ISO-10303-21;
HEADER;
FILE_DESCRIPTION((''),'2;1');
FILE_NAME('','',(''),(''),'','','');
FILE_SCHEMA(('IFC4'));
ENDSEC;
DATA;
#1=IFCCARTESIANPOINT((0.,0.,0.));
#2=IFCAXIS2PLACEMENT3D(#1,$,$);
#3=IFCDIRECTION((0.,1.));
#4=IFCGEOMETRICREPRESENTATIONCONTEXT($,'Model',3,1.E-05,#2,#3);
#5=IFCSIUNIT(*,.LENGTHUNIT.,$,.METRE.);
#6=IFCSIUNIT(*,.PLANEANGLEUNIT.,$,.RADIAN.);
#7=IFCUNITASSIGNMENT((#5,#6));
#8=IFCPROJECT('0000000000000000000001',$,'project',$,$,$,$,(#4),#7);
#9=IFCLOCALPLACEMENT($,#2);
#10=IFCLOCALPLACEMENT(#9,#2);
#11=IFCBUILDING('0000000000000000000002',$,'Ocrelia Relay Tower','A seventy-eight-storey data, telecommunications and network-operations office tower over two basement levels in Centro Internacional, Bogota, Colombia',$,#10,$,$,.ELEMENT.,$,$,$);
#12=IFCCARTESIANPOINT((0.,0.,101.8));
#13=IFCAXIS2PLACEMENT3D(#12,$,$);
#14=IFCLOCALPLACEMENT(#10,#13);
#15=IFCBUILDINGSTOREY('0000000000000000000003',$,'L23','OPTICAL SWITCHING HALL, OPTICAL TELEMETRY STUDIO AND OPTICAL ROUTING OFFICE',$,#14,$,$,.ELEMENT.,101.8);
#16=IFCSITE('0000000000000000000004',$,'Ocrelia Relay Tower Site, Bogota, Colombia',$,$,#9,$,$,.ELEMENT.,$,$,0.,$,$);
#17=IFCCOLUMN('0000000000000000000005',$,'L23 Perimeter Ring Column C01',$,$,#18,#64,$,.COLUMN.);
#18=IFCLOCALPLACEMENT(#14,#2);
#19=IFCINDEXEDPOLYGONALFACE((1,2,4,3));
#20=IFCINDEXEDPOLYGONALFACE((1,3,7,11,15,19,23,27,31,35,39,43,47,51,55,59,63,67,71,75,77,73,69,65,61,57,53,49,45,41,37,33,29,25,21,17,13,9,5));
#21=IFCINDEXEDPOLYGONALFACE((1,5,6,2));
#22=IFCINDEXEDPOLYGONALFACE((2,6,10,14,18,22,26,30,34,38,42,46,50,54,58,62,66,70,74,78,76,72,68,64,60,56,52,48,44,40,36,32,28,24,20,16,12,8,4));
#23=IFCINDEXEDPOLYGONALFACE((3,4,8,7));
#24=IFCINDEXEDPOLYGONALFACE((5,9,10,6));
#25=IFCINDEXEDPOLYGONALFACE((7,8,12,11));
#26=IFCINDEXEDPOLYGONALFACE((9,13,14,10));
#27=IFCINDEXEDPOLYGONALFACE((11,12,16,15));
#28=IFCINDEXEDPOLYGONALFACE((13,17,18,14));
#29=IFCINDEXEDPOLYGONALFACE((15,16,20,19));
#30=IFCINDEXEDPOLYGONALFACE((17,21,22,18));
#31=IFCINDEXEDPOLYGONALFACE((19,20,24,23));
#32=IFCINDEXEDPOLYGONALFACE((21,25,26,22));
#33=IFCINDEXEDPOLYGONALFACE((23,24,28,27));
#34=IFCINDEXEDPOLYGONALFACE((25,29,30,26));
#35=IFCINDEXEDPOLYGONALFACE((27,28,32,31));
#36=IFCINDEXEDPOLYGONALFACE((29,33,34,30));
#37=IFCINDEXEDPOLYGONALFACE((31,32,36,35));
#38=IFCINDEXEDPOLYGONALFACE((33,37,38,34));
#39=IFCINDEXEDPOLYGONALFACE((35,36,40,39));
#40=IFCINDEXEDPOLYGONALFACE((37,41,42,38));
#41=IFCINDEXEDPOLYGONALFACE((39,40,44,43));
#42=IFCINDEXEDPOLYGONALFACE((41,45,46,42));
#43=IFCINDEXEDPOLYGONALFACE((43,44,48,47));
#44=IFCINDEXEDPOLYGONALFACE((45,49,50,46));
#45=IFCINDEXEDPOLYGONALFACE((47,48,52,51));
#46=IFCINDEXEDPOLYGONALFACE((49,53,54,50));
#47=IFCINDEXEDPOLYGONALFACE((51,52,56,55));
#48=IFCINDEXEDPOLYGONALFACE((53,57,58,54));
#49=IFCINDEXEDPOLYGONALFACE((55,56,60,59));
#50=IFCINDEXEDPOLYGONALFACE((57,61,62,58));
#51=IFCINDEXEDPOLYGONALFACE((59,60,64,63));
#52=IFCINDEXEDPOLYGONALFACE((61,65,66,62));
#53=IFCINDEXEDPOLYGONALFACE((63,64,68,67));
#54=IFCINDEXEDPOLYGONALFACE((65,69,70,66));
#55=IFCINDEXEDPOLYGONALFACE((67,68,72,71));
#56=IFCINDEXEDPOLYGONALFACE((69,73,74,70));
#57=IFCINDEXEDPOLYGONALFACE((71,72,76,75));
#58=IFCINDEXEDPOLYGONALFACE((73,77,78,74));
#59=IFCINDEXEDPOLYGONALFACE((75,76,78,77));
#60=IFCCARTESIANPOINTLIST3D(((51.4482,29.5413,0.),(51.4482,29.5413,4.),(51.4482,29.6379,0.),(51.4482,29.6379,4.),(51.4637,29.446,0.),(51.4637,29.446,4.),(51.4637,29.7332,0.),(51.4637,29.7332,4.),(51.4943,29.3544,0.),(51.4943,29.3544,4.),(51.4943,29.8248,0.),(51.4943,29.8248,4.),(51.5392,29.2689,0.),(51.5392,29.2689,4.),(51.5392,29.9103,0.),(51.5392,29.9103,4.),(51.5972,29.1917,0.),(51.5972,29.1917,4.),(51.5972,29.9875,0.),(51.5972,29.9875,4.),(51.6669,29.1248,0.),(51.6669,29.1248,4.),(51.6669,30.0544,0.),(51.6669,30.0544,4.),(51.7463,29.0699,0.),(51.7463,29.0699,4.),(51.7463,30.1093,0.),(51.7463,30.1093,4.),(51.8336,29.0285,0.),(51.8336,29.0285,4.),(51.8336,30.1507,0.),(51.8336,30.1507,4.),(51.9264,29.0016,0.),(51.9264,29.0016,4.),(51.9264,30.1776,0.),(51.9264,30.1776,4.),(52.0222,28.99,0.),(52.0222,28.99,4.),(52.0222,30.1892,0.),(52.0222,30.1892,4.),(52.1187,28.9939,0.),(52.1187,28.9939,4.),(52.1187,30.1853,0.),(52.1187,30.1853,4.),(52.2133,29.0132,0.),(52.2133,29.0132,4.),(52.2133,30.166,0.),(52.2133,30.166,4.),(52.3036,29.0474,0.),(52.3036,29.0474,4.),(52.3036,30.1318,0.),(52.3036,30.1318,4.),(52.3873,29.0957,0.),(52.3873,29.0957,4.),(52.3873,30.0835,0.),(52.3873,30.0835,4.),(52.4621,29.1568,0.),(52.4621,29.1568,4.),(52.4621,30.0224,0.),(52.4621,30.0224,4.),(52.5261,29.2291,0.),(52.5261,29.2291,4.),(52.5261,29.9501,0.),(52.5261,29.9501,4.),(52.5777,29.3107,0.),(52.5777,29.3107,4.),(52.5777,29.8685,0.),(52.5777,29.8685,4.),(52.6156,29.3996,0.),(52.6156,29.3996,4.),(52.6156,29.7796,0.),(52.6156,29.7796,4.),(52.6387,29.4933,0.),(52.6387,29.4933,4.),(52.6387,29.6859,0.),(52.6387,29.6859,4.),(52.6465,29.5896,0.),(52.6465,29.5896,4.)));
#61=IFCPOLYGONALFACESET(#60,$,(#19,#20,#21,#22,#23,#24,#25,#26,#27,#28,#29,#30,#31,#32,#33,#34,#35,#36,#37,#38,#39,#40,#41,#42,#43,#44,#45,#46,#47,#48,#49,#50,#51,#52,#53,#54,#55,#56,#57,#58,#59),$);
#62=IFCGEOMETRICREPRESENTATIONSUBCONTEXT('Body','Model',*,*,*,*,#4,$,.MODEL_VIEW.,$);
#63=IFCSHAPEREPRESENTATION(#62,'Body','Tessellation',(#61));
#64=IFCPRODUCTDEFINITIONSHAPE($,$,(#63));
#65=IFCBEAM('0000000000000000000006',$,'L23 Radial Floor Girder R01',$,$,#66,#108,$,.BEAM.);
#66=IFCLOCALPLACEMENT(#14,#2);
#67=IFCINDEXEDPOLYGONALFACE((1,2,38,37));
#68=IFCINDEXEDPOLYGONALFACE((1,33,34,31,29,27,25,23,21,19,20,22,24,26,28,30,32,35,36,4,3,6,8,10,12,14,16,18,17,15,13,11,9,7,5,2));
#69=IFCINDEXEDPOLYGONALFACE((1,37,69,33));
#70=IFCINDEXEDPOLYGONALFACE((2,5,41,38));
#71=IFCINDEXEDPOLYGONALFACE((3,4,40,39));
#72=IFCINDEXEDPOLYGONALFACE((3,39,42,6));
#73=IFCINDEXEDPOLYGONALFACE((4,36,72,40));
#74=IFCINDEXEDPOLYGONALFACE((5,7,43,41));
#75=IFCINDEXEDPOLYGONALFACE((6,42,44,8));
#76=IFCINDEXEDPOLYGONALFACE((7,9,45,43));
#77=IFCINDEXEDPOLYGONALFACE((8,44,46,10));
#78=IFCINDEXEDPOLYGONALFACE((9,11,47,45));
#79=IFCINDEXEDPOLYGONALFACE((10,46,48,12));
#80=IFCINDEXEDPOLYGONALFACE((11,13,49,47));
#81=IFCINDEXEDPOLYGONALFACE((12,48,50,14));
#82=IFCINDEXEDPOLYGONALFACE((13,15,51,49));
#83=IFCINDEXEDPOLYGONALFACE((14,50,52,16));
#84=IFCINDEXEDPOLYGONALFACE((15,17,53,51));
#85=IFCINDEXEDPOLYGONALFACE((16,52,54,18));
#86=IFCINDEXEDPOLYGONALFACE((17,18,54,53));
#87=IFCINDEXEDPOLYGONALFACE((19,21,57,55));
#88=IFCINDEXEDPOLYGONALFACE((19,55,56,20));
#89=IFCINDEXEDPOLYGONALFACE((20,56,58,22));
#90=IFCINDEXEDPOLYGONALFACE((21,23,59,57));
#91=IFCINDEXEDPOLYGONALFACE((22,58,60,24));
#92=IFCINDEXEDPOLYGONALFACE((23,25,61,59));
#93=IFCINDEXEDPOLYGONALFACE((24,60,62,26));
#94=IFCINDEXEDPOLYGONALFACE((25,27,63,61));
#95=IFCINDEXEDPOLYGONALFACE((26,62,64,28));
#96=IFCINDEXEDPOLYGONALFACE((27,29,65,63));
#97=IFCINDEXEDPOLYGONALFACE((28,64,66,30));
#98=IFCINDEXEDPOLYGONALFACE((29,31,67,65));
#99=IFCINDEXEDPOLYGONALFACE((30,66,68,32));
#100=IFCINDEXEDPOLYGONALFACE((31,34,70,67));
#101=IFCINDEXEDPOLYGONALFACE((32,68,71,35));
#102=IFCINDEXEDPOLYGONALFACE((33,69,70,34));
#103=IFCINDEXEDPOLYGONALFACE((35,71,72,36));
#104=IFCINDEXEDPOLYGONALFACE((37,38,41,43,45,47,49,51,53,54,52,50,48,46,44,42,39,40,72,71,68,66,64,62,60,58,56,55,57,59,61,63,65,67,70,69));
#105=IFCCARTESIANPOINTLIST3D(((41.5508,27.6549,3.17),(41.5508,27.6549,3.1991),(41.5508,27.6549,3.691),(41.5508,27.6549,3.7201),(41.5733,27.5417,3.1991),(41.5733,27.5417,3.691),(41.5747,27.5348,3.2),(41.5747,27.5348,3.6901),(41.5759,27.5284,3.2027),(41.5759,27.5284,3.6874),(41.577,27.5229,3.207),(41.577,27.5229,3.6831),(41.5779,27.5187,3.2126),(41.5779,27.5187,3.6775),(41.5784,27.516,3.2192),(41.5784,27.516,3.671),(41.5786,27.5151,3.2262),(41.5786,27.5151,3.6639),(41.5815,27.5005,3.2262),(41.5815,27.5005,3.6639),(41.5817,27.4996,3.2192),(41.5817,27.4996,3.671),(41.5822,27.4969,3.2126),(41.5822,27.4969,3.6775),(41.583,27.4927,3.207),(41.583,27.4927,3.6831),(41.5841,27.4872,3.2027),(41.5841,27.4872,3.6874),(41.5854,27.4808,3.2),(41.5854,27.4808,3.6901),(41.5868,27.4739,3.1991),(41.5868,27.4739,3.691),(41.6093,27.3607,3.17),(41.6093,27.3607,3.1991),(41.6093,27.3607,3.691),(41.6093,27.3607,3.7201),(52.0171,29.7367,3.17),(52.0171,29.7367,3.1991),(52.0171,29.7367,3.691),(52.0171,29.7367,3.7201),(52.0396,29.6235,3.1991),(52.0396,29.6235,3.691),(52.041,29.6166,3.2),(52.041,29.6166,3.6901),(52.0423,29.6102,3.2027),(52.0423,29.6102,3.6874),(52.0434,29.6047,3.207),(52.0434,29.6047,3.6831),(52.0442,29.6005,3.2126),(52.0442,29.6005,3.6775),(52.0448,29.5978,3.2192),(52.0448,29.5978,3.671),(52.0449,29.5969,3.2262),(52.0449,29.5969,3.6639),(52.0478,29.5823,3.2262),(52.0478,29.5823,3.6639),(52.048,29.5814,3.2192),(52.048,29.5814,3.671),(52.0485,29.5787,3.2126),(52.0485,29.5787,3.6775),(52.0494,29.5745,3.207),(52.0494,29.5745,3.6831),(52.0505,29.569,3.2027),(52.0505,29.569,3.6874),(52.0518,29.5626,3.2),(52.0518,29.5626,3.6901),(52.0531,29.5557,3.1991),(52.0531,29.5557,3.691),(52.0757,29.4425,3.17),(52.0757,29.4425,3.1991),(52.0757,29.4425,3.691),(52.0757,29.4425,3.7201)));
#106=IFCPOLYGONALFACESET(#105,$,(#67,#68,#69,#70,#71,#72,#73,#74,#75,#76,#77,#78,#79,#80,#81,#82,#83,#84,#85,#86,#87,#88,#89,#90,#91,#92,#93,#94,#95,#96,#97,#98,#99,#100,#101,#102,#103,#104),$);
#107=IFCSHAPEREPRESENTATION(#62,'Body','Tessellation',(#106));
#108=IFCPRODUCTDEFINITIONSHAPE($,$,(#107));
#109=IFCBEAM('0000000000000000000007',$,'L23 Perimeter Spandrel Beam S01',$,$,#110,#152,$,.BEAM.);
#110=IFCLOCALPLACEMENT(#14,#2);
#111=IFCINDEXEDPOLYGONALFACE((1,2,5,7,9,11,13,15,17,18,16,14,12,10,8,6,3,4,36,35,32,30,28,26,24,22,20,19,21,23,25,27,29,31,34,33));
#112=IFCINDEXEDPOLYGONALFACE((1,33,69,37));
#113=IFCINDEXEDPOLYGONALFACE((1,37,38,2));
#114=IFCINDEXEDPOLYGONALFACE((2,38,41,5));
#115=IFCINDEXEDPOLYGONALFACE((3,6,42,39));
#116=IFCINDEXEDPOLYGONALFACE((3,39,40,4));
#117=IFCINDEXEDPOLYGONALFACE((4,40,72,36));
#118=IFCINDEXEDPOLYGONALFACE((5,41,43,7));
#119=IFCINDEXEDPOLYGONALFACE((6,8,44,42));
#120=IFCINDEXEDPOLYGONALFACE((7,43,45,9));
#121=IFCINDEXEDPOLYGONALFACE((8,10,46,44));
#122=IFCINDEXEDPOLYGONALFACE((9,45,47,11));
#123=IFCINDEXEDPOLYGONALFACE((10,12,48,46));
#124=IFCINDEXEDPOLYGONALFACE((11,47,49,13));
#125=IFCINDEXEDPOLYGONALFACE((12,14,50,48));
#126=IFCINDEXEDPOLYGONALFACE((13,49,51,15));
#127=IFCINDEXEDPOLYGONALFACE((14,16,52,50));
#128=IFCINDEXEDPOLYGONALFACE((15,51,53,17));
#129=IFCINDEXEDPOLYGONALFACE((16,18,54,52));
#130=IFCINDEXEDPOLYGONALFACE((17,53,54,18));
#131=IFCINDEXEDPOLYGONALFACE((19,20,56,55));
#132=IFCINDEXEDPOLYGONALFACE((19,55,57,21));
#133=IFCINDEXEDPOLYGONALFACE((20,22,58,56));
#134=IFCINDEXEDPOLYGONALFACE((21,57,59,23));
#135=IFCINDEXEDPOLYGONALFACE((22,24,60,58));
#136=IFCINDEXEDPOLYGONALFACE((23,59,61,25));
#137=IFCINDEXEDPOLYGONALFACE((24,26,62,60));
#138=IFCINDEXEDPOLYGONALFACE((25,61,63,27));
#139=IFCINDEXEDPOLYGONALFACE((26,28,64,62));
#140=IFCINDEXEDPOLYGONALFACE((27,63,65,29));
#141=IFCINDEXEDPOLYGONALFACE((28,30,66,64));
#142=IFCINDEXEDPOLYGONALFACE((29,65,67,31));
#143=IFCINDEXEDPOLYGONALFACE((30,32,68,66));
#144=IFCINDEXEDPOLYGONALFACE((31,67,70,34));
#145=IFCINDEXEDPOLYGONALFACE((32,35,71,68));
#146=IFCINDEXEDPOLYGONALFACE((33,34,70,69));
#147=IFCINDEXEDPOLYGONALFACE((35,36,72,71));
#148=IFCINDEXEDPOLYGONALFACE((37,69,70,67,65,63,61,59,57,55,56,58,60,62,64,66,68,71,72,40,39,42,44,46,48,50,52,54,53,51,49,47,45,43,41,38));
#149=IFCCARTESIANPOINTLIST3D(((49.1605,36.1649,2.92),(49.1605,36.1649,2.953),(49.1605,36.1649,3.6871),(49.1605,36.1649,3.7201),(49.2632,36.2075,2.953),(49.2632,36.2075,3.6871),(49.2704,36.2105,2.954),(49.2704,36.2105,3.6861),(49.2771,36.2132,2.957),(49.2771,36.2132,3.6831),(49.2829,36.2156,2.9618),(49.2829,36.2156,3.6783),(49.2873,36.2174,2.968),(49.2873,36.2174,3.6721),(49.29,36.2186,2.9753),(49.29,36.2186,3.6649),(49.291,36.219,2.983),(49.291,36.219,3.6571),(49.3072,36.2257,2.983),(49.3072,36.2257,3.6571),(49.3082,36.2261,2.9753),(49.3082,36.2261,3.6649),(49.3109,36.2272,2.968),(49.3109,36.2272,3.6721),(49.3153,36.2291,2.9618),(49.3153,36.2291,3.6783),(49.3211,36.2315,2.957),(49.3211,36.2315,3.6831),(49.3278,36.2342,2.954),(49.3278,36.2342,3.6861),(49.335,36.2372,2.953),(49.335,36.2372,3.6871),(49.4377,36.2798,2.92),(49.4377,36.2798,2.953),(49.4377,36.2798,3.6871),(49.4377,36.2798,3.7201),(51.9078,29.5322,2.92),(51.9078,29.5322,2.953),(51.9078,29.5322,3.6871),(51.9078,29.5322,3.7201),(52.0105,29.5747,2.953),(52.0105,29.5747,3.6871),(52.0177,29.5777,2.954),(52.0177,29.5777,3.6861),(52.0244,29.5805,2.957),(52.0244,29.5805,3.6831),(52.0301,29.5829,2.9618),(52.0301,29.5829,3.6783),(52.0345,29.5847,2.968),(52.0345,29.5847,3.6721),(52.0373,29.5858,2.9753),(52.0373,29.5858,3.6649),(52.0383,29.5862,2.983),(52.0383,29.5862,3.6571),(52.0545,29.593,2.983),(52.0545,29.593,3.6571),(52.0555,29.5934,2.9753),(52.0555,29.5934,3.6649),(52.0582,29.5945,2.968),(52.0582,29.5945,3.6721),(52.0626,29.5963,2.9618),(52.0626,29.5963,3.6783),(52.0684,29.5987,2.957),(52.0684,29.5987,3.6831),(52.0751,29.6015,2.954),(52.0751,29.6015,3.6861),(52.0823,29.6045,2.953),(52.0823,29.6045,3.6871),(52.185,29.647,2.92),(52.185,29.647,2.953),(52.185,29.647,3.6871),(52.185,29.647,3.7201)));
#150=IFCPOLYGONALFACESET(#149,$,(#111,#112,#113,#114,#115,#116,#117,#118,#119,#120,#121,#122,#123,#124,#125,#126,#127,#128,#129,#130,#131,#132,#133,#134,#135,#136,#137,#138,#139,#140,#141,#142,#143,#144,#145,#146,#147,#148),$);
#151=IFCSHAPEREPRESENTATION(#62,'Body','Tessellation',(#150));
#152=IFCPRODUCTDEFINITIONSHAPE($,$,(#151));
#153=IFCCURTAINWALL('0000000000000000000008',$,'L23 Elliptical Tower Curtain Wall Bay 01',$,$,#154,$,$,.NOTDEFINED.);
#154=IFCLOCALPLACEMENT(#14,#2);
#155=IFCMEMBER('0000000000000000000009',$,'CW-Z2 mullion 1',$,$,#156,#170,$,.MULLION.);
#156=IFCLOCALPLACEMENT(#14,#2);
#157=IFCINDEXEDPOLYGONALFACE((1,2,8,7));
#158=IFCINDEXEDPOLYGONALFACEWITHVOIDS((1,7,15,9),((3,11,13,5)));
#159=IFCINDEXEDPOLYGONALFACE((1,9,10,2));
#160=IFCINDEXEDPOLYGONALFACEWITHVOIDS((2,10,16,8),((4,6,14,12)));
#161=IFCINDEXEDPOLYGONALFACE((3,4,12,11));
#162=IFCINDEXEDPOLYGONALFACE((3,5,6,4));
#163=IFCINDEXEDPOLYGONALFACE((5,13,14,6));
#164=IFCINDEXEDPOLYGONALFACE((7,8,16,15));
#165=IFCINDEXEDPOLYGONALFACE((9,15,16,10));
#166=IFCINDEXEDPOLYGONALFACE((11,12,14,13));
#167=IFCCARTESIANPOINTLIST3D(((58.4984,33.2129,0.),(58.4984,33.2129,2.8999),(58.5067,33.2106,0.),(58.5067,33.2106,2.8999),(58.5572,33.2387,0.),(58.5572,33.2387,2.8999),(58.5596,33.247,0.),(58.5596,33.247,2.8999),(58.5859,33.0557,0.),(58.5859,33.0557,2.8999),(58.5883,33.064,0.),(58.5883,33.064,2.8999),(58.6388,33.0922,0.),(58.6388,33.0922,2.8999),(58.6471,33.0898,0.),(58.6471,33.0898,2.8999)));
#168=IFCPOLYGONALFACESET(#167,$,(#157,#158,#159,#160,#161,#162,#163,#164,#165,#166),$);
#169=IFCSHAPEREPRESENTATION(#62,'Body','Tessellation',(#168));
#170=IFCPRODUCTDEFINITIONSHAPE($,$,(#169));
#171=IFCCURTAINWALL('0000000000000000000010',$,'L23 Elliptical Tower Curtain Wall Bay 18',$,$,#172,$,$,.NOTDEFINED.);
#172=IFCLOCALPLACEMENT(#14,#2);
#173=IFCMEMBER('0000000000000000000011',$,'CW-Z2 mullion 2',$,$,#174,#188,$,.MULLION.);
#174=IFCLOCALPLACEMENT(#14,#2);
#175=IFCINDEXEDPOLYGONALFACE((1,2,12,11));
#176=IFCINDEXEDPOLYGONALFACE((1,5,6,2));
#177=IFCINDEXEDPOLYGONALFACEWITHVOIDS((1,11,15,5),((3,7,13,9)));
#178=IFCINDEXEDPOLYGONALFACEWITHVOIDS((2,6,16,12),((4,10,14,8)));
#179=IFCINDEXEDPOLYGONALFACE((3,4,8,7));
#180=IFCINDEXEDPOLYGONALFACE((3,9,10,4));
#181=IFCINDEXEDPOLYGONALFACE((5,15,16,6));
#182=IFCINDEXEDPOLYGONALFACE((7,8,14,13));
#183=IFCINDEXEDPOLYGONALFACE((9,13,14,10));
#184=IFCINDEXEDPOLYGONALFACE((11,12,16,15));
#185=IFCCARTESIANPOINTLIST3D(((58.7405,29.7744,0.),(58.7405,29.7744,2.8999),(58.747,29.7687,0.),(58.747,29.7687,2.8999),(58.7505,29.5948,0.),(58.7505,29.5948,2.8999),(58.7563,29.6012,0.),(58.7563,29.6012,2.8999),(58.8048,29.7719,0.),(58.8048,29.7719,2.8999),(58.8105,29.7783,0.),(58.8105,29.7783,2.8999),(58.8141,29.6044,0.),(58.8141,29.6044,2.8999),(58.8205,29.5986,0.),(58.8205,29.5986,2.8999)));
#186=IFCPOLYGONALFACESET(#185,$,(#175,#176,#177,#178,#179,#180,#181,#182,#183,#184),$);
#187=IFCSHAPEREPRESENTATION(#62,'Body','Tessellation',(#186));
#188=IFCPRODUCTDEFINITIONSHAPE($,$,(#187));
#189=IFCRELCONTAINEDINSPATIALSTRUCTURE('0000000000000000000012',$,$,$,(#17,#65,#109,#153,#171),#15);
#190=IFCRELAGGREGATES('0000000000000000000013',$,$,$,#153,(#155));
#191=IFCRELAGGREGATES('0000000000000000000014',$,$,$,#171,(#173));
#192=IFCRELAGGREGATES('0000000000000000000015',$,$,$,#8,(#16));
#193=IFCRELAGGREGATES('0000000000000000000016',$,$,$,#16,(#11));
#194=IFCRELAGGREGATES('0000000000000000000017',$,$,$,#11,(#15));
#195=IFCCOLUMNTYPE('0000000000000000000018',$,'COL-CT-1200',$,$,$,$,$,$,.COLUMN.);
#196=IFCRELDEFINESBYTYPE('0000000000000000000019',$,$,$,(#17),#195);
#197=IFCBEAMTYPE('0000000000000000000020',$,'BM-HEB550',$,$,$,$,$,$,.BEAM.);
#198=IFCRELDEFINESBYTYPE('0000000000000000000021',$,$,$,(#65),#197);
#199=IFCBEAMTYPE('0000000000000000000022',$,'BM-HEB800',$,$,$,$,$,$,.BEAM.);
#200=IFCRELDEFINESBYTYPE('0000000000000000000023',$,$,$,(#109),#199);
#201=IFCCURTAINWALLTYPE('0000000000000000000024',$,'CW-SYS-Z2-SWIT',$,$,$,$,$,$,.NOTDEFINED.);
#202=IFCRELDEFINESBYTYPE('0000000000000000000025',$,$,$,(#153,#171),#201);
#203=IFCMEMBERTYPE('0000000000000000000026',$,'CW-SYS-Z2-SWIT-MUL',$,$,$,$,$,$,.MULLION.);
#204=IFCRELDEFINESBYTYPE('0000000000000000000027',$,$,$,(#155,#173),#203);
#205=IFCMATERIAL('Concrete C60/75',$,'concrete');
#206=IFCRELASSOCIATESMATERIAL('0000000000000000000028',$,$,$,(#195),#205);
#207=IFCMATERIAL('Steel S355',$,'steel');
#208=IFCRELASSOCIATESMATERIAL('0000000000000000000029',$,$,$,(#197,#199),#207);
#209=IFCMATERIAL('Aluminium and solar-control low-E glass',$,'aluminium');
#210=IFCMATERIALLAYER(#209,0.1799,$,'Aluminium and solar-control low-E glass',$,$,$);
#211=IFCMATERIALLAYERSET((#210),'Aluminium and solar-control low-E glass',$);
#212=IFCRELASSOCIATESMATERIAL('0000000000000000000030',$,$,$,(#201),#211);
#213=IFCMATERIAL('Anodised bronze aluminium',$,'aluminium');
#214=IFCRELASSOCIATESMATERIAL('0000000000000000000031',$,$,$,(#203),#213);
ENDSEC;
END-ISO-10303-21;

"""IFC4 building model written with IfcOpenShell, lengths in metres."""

from ifc_helpers import new_model, si_unit, direction, frame, origin, origin_2d, place, context, subcontext, project, spatial, hollow_rectangle, circle, i_section, extrude, material, layer, layer_set, material_profile, profile_set, type_object, element, aggregate, save


model = new_model("IFC4")

# Units and contexts
model_context = context("Model", 3, precision=1e-05, world=origin(), true_north=direction((0.0, 1.0)))
body_context = subcontext(model_context, "Body", "Model", "MODEL_VIEW")
ifc_project = project(units=[si_unit("LENGTHUNIT", "METRE"), si_unit("PLANEANGLEUNIT", "RADIAN")], contexts=[model_context])

# Site, building, storey
site_placement = place(None, origin())
site = spatial("IfcSite", under=ifc_project, at=site_placement, Name="Ocrelia Relay Tower Site, Bogota, Colombia", CompositionType="ELEMENT", RefElevation=0.0)
building_placement = place(site_placement, origin())
building = spatial("IfcBuilding", under=site, at=building_placement, Name="Ocrelia Relay Tower", Description="A seventy-eight-storey data, telecommunications and network-operations office tower over two basement levels in Centro Internacional, Bogota, Colombia", CompositionType="ELEMENT")
storey_placement = place(building_placement, frame((0.0, 0.0, 101.8)))
storey = spatial("IfcBuildingStorey", under=building, at=storey_placement, Name="L23", Description="OPTICAL SWITCHING HALL, OPTICAL TELEMETRY STUDIO AND OPTICAL ROUTING OFFICE", CompositionType="ELEMENT", Elevation=101.8)

# Column
ifc_material_1 = material(Name="Concrete C60/75", Category="concrete")
ifc_material_profile_1 = material_profile(ifc_material_1, circle(Radius=0.6001, at=origin_2d()), Name="RC-CIR-1200")
ifc_profile_set_1 = profile_set([ifc_material_profile_1], Name="Concrete C60/75")
column_type = type_object("IfcColumnType", Name="COL-CT-1200", PredefinedType="COLUMN", material=ifc_profile_set_1)
column_placement = place(storey_placement, frame((52.0464, 29.5896, 0.0), z_axis=(0.0, 0.0, 1.0), x_axis=(1.0, 0.0, 0.0)))
element("IfcColumn", 1, at=column_placement, inside=storey, type_object=column_type, Name="L23 Perimeter Ring Column C01", PredefinedType="COLUMN", context=body_context, shape_type="SweptSolid", body=[
    extrude(circle(Radius=0.6001, at=origin_2d()), origin(), (0.0, 0.0, 1.0), 4.0),
])

# Beams
ifc_material_2 = material(Name="Steel S355", Category="steel")
ifc_material_profile_2 = material_profile(ifc_material_2, i_section(OverallWidth=0.3, OverallDepth=0.55, WebThickness=0.0149, FlangeThickness=0.0291, FilletRadius=0.0271, at=origin_2d()), Name="HEB 550")
ifc_profile_set_2 = profile_set([ifc_material_profile_2], Name="Steel S355")
beam_type_1 = type_object("IfcBeamType", Name="BM-HEB550", PredefinedType="BEAM", material=ifc_profile_set_2)
beam_1_placement = place(storey_placement, frame((52.0464, 29.5896, 3.4451), z_axis=(-0.980787, -0.195082, 0.0), x_axis=(0.195082, -0.980787, 0.0)))
element("IfcBeam", 2, at=beam_1_placement, inside=storey, type_object=beam_type_1, Name="L23 Radial Floor Girder R01", PredefinedType="BEAM", context=body_context, shape_type="SweptSolid", body=[
    extrude(i_section(OverallWidth=0.3, OverallDepth=0.55, WebThickness=0.0149, FlangeThickness=0.0291, FilletRadius=0.0271, at=origin_2d()), origin(), (0.0, 0.0, 1.0), 10.6714),
])
ifc_material_profile_3 = material_profile(ifc_material_2, i_section(OverallWidth=0.3, OverallDepth=0.8, WebThickness=0.0176, FlangeThickness=0.033, FilletRadius=0.03, at=origin_2d()), Name="HEB 800")
ifc_profile_set_3 = profile_set([ifc_material_profile_3], Name="Steel S355")
beam_type_2 = type_object("IfcBeamType", Name="BM-HEB800", PredefinedType="BEAM", material=ifc_profile_set_3)
beam_2_placement = place(storey_placement, frame((52.0464, 29.5896, 3.3201), z_axis=(-0.382673, 0.923884, 0.0), x_axis=(-0.923884, -0.382673, 0.0)))
element("IfcBeam", 3, at=beam_2_placement, inside=storey, type_object=beam_type_2, Name="L23 Perimeter Spandrel Beam S01", PredefinedType="BEAM", context=body_context, shape_type="SweptSolid", body=[
    extrude(i_section(OverallWidth=0.3, OverallDepth=0.8, WebThickness=0.0176, FlangeThickness=0.033, FilletRadius=0.03, at=origin_2d()), origin(), (0.0, 0.0, 1.0), 7.1792),
])

# Curtain wall, member
ifc_material_3 = material(Name="Aluminium and solar-control low-E glass", Category="aluminium")
ifc_layer_1 = layer(ifc_material_3, 0.1799, Name="Aluminium and solar-control low-E glass")
ifc_layer_set_1 = layer_set([ifc_layer_1], Name="Aluminium and solar-control low-E glass")
curtain_wall_type = type_object("IfcCurtainWallType", Name="CW-SYS-Z2-SWIT", PredefinedType="NOTDEFINED", material=ifc_layer_set_1)
curtain_wall_1_placement = place(storey_placement, origin())
curtain_wall_1 = element("IfcCurtainWall", 4, at=curtain_wall_1_placement, inside=storey, type_object=curtain_wall_type, Name="L23 Elliptical Tower Curtain Wall Bay 01", PredefinedType="NOTDEFINED")
ifc_material_4 = material(Name="Anodised bronze aluminium", Category="aluminium")
ifc_material_profile_4 = material_profile(ifc_material_4, hollow_rectangle(XDim=0.0701, YDim=0.1799, WallThickness=0.0061, at=origin_2d()), Name="CW-MUL-180x70")
ifc_profile_set_4 = profile_set([ifc_material_profile_4], Name="Anodised bronze aluminium")
member_type_1 = type_object("IfcMemberType", Name="CW-SYS-Z2-SWIT-MUL", PredefinedType="MULLION", material=ifc_profile_set_4)
member_1_placement = place(storey_placement, frame((58.5728, 33.1514, 0.0), z_axis=(0.0, 0.0, 1.0), x_axis=(-0.873612, -0.486624, 0.0)))
member_1 = element("IfcMember", 5, at=member_1_placement, type_object=member_type_1, Name="CW-Z2 mullion 1", PredefinedType="MULLION", context=body_context, shape_type="SweptSolid", body=[
    extrude(hollow_rectangle(XDim=0.0701, YDim=0.1799, WallThickness=0.0061, at=origin_2d()), origin(), (0.0, 0.0, 1.0), 2.8999),
])

# Curtain wall, member
curtain_wall_2_placement = place(storey_placement, origin())
curtain_wall_2 = element("IfcCurtainWall", 6, at=curtain_wall_2_placement, inside=storey, type_object=curtain_wall_type, Name="L23 Elliptical Tower Curtain Wall Bay 18", PredefinedType="NOTDEFINED")
member_2_placement = place(storey_placement, frame((58.7805, 29.6865, 0.0), z_axis=(0.0, 0.0, 1.0), x_axis=(-0.998459, -0.055487, 0.0)))
member_2 = element("IfcMember", 7, at=member_2_placement, type_object=member_type_1, Name="CW-Z2 mullion 2", PredefinedType="MULLION", context=body_context, shape_type="SweptSolid", body=[
    extrude(hollow_rectangle(XDim=0.0701, YDim=0.1799, WallThickness=0.0061, at=origin_2d()), origin(), (0.0, 0.0, 1.0), 2.8999),
])

aggregate(curtain_wall_1, [member_1])
aggregate(curtain_wall_2, [member_2])

save(model, "model.ifc")
